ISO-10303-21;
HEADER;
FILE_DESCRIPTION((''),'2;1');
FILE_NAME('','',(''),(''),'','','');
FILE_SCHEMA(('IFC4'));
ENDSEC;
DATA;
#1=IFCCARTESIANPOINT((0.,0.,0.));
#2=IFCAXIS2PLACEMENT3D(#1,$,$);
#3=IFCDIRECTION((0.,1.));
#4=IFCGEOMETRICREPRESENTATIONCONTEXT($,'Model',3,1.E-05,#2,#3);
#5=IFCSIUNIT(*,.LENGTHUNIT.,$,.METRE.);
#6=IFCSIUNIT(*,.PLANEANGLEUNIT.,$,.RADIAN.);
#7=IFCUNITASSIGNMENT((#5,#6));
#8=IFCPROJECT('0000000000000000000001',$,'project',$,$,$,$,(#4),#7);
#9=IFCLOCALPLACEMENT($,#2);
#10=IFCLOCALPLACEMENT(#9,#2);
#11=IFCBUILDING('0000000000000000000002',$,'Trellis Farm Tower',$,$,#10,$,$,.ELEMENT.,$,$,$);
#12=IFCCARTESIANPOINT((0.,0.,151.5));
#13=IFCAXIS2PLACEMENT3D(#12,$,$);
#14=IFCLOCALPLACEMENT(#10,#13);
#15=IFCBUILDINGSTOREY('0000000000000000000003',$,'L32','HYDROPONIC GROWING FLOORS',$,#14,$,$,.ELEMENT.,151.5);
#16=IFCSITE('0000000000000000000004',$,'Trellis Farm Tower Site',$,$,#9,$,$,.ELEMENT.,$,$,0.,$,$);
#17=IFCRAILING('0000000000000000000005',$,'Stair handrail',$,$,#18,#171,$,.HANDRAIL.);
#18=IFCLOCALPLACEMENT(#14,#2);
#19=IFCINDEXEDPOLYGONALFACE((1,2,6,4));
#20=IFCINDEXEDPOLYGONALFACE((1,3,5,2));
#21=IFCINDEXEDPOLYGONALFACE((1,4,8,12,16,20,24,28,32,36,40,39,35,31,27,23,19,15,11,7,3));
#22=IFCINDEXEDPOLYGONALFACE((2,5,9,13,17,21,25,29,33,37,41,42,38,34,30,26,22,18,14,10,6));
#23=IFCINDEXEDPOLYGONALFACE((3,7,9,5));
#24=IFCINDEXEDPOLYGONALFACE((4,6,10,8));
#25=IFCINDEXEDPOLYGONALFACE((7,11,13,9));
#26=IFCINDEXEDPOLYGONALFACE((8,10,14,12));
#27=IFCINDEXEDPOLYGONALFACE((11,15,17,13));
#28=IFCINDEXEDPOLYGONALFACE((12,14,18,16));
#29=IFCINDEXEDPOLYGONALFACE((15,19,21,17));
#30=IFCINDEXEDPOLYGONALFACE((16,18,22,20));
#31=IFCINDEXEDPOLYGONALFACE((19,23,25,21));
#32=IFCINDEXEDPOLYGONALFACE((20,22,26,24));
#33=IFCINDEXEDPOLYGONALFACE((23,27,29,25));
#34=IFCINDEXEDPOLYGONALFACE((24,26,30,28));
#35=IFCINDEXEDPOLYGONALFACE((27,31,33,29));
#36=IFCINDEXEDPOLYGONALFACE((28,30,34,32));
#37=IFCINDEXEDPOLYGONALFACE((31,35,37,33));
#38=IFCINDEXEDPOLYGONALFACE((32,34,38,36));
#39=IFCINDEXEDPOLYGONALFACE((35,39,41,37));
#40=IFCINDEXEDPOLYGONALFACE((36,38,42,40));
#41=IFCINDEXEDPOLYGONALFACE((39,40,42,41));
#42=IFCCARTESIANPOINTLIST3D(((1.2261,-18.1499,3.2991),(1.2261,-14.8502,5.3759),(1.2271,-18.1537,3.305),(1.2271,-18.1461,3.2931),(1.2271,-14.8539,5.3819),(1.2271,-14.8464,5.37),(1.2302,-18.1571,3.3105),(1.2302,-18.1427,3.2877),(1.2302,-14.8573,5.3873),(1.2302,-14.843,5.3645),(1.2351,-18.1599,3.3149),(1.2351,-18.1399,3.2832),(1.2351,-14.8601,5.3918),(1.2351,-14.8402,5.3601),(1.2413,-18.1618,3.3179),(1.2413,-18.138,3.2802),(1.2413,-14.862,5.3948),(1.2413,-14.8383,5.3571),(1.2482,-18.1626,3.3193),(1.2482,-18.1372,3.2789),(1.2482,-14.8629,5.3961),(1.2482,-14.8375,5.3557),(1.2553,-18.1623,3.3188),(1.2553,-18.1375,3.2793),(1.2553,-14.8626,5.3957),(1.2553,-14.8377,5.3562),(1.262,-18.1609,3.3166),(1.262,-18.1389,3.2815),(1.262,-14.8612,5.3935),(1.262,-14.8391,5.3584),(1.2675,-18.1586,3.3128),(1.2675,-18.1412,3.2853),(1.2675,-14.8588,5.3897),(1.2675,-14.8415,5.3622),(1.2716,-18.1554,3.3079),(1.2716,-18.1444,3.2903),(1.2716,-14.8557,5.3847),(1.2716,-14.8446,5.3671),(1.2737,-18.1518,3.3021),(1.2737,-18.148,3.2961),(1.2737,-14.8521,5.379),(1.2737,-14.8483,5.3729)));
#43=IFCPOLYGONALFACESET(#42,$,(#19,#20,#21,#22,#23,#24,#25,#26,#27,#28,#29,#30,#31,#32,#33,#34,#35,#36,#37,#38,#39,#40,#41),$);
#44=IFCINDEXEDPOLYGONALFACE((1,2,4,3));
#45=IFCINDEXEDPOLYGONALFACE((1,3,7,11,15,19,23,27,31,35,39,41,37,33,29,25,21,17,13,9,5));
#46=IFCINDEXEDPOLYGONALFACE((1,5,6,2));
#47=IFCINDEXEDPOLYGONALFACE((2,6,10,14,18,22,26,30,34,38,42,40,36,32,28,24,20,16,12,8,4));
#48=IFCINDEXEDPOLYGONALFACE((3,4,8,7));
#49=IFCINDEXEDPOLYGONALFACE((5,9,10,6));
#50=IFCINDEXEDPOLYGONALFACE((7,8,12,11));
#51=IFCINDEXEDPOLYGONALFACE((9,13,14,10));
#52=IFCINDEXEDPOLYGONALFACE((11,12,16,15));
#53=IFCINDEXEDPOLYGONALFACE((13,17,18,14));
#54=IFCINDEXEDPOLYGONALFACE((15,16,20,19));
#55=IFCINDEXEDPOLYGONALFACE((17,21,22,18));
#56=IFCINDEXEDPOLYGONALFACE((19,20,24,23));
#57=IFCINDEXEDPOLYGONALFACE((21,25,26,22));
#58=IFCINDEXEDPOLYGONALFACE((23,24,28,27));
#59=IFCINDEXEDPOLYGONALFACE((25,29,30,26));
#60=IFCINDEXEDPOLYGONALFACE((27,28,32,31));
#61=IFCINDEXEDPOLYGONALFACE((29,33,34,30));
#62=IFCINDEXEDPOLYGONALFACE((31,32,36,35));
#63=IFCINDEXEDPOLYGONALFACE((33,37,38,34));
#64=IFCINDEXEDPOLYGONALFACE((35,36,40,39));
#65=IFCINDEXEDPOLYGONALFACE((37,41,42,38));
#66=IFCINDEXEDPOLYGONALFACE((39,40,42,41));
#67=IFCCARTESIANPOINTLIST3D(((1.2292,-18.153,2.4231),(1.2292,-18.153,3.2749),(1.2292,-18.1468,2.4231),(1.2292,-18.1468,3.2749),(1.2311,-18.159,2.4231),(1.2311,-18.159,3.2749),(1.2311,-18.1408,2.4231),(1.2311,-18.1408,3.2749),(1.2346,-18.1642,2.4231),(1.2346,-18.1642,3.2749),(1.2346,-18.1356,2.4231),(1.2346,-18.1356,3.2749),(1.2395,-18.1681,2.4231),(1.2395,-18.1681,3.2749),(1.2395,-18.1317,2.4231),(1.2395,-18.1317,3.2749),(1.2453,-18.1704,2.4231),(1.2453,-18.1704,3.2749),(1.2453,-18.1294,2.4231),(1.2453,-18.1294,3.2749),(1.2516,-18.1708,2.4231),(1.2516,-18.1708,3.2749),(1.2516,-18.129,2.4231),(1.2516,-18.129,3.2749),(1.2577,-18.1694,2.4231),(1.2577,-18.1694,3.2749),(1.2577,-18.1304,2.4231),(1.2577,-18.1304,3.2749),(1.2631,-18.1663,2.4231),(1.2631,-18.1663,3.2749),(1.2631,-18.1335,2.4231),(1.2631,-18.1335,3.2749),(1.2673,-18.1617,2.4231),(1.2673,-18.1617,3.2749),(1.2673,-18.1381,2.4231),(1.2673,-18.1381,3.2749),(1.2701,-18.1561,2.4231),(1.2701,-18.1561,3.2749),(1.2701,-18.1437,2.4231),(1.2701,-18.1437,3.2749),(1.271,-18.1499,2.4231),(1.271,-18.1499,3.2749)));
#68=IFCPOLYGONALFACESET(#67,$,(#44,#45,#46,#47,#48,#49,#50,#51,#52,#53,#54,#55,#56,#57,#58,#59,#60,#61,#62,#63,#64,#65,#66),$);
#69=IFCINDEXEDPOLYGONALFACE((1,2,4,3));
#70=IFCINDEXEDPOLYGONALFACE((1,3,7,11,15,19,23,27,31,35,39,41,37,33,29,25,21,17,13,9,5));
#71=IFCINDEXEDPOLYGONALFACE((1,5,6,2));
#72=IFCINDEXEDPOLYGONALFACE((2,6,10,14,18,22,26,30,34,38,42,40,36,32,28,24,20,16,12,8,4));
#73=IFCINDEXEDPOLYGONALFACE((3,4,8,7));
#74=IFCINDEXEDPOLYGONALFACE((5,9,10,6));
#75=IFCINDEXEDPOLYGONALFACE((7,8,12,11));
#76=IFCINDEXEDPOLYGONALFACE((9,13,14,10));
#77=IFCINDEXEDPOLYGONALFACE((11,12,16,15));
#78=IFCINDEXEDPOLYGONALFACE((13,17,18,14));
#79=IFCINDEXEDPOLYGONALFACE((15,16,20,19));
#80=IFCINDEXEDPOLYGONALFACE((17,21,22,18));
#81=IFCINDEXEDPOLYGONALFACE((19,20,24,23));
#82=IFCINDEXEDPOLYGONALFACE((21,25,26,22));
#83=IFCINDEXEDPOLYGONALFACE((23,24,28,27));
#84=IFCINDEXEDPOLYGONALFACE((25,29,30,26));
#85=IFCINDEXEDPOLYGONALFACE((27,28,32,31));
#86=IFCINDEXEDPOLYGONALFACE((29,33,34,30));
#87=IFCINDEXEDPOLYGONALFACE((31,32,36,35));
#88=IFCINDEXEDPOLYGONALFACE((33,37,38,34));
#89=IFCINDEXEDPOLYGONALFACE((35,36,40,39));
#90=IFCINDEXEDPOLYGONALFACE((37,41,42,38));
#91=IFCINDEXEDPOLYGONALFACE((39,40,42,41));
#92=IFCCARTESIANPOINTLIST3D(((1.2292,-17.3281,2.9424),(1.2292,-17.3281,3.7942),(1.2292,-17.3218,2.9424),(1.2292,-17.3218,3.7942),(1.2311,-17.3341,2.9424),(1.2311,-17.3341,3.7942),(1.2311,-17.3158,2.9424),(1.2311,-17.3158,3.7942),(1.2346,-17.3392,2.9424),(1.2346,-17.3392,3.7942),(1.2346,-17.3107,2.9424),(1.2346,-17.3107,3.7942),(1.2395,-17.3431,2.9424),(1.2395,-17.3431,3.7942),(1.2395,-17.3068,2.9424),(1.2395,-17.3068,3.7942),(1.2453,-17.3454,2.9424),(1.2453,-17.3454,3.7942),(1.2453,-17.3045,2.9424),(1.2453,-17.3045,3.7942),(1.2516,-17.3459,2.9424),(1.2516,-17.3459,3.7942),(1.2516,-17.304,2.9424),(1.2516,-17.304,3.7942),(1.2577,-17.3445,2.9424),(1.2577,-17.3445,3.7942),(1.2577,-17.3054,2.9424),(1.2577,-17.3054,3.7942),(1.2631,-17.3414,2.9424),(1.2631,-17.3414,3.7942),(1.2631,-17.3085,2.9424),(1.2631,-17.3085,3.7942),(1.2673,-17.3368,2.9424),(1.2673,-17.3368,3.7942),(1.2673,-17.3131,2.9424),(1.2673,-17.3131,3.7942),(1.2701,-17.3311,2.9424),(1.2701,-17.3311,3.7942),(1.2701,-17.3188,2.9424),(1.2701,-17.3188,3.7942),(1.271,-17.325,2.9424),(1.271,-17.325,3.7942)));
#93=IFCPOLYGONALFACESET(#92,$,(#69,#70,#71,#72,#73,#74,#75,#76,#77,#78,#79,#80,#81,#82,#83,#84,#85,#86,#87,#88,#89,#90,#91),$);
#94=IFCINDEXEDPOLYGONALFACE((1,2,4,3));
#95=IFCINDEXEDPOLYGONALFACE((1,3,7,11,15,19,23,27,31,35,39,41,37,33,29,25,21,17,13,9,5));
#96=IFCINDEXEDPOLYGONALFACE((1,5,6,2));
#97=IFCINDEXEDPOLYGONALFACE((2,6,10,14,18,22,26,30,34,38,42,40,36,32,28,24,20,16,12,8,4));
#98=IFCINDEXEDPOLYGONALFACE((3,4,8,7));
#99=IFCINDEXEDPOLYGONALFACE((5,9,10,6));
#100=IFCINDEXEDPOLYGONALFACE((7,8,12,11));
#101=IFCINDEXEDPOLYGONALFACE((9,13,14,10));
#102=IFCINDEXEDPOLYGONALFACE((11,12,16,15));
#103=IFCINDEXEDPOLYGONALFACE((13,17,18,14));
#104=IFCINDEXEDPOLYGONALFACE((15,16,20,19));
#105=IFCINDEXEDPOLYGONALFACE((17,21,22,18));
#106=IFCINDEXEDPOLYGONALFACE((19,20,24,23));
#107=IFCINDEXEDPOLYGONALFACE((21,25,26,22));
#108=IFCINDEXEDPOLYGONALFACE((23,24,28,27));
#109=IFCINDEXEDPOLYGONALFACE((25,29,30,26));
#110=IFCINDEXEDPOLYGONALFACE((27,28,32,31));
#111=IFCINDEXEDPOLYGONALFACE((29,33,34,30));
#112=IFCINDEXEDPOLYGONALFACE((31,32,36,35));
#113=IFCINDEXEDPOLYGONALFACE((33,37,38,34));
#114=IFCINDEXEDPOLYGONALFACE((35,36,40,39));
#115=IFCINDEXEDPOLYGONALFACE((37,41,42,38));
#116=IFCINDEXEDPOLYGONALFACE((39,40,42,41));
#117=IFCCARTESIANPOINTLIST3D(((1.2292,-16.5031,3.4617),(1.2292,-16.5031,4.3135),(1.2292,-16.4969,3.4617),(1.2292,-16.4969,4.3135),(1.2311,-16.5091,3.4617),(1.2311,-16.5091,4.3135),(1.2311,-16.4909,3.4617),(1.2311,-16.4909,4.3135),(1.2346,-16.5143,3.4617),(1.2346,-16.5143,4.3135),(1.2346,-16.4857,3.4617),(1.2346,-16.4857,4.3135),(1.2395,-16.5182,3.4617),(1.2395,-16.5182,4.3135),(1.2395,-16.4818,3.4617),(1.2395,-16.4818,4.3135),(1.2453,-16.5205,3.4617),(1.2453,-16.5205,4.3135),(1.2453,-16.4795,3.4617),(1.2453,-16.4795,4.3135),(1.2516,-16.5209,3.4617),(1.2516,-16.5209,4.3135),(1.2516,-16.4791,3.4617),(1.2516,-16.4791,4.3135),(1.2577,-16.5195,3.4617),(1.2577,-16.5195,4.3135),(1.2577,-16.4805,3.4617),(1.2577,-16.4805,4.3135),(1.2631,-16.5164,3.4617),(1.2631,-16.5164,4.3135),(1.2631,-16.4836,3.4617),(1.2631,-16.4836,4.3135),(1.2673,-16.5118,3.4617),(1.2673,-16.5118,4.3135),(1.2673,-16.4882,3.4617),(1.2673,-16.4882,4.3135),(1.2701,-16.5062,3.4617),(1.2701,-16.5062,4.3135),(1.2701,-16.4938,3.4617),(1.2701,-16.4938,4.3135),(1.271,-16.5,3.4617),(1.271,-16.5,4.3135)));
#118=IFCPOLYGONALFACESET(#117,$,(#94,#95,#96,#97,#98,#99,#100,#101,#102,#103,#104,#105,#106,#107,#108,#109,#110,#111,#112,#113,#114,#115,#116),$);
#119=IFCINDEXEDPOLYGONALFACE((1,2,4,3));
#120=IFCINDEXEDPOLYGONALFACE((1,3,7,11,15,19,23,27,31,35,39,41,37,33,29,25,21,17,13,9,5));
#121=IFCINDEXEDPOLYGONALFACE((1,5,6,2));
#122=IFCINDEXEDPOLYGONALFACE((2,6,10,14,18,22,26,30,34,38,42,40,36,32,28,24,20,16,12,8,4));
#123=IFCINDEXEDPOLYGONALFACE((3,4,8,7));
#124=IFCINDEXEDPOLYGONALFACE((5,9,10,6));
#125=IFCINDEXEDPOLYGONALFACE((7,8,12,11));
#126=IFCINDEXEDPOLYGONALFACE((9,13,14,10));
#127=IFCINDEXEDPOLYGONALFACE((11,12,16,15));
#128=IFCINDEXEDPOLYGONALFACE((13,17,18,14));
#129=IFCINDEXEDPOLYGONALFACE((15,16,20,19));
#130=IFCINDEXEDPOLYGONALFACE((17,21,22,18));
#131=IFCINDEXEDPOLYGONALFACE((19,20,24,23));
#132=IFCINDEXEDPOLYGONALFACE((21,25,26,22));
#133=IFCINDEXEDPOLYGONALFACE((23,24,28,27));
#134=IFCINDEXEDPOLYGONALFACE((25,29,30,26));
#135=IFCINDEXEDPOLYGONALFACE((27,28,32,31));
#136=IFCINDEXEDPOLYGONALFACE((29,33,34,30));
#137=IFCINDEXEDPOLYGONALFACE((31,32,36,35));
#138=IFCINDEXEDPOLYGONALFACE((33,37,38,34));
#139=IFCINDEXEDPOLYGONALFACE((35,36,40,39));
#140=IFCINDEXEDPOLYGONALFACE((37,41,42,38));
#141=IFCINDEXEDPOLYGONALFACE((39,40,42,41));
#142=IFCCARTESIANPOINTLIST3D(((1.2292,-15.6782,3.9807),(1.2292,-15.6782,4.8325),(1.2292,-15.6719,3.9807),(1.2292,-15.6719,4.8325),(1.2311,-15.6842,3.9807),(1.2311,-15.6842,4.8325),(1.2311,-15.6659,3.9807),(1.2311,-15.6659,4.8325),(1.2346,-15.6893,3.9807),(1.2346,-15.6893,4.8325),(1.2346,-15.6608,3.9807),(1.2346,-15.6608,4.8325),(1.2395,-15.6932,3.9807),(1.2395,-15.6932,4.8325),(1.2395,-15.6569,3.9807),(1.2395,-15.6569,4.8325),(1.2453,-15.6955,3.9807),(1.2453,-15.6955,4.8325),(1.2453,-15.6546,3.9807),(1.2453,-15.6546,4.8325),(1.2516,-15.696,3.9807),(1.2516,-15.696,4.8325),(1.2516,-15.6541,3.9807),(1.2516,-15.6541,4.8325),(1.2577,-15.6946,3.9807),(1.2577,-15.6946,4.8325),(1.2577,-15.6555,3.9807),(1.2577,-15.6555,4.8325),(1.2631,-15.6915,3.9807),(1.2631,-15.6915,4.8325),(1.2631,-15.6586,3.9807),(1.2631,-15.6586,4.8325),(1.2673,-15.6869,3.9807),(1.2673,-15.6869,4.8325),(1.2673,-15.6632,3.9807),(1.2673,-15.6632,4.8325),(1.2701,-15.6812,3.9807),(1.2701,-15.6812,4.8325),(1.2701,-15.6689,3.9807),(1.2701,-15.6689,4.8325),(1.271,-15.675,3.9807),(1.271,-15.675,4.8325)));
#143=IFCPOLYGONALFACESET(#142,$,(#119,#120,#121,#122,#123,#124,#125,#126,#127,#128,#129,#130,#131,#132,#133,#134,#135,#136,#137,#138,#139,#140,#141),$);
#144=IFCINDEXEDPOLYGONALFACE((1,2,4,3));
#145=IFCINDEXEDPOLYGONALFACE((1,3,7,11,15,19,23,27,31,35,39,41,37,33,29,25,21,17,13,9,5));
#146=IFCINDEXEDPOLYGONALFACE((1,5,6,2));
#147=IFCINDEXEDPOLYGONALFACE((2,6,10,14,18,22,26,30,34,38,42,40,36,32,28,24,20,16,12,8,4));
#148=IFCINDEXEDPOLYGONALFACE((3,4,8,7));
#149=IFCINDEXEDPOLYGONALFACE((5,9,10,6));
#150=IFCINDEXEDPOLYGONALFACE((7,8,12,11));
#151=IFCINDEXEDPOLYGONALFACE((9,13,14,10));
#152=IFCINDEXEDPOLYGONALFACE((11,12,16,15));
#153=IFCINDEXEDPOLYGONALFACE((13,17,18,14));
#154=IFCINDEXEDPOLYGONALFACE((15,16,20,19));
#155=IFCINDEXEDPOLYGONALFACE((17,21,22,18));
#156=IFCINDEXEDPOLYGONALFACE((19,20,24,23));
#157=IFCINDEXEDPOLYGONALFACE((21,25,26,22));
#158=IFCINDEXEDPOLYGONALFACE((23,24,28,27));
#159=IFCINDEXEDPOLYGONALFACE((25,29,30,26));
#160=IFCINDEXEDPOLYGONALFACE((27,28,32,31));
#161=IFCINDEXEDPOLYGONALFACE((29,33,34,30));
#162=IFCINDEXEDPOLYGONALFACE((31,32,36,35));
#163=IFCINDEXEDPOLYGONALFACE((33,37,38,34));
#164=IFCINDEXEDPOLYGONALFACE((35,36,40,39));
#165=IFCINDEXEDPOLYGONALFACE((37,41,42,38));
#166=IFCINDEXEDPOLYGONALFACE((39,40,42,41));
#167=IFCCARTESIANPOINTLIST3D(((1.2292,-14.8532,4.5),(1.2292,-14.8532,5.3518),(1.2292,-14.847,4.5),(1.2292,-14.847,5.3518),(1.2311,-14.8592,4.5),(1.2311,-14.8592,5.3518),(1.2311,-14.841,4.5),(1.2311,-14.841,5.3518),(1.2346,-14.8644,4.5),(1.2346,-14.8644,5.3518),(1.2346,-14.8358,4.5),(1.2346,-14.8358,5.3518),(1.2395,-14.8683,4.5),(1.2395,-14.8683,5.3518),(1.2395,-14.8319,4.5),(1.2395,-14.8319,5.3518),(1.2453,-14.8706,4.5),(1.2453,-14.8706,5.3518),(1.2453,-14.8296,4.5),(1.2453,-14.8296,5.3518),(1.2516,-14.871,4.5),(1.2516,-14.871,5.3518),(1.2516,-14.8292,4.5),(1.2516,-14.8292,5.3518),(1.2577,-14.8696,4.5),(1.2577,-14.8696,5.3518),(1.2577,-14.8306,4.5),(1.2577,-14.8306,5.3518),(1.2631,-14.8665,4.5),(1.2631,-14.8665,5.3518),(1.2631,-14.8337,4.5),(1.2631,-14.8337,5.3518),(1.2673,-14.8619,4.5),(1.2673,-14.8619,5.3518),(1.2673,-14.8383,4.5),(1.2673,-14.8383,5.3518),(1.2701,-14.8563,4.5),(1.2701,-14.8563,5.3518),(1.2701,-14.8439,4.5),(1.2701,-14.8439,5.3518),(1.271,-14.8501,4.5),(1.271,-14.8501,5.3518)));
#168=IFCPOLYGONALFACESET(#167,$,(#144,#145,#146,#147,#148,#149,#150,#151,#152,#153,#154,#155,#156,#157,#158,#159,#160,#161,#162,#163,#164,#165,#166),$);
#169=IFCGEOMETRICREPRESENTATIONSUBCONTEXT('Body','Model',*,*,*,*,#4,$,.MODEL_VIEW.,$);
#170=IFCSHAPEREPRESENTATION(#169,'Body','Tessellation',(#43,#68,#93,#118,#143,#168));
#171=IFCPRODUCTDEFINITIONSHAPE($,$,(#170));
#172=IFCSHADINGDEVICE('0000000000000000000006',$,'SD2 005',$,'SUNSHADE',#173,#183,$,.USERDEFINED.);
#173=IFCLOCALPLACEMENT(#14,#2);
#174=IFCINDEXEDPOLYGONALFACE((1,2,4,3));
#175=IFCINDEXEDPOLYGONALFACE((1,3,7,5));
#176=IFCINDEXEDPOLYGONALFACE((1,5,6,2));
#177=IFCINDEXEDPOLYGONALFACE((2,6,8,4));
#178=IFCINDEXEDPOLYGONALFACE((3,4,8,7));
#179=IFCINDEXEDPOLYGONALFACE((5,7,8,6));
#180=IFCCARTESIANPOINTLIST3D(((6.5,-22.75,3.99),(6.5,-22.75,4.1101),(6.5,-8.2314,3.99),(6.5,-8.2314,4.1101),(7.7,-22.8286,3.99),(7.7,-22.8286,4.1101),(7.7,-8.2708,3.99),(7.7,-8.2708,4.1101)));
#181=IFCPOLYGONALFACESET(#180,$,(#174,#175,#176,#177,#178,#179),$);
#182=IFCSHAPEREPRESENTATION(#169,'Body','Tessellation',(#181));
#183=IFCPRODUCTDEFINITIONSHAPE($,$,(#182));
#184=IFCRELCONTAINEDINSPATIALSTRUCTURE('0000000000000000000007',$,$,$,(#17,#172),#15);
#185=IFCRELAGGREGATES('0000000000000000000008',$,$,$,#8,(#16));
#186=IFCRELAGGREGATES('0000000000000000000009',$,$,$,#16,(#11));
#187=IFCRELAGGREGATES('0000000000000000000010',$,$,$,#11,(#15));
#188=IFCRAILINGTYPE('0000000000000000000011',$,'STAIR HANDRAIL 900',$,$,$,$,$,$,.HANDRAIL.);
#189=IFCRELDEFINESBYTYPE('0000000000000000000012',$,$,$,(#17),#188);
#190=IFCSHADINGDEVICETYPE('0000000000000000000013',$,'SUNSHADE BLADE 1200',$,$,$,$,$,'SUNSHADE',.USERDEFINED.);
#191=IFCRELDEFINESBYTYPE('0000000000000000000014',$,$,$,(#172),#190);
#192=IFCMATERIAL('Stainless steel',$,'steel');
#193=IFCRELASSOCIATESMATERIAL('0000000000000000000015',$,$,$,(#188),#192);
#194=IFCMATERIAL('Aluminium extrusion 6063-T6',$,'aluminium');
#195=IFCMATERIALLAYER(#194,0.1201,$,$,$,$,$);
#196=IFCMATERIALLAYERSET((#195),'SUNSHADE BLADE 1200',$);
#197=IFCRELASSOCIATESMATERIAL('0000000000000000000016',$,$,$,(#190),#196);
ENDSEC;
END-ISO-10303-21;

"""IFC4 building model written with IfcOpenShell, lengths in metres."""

from ifc_helpers import new_model, si_unit, direction, frame, origin, origin_2d, place, context, subcontext, project, spatial, polyline, circle, outline, extrude, source, transform, mapped, material, layer, layer_set, type_object, element, save


model = new_model("IFC4")

# Units and contexts
model_context = context("Model", 3, precision=1e-05, world=origin(), true_north=direction((0.0, 1.0)))
body_context = subcontext(model_context, "Body", "Model", "MODEL_VIEW")
ifc_project = project(units=[si_unit("LENGTHUNIT", "METRE"), si_unit("PLANEANGLEUNIT", "RADIAN")], contexts=[model_context])

# Site, building, storey
site_placement = place(None, origin())
site = spatial("IfcSite", under=ifc_project, at=site_placement, Name="Trellis Farm Tower Site", CompositionType="ELEMENT", RefElevation=0.0)
building_placement = place(site_placement, origin())
building = spatial("IfcBuilding", under=site, at=building_placement, Name="Trellis Farm Tower", CompositionType="ELEMENT")
storey_placement = place(building_placement, frame((0.0, 0.0, 151.5)))
storey = spatial("IfcBuildingStorey", under=building, at=storey_placement, Name="L32", Description="HYDROPONIC GROWING FLOORS", CompositionType="ELEMENT", Elevation=151.5)

# Shared definitions
ifc_material_1 = material(Name="Aluminium extrusion 6063-T6", Category="aluminium")

# Railing
ifc_material_2 = material(Name="Stainless steel", Category="steel")
railing_type = type_object("IfcRailingType", Name="STAIR HANDRAIL 900", PredefinedType="HANDRAIL", material=ifc_material_2)
shared_shape_1 = source(origin(), body_context, "Body", "SweptSolid", [
    extrude(circle(Radius=0.0239, at=origin_2d()), frame((0.0, 0.0, 0.876), z_axis=(0.0, 0.84632, 0.532675), x_axis=(-1.0, 0.0, 0.0)), (0.0, 0.0, 1.0), 3.8989),
    extrude(circle(Radius=0.021, at=origin_2d()), origin(), (0.0, 0.0, 1.0), 0.8518),
    extrude(circle(Radius=0.021, at=origin_2d()), frame((0.0, 0.825, 0.5193)), (0.0, 0.0, 1.0), 0.8518),
    extrude(circle(Radius=0.021, at=origin_2d()), frame((0.0, 1.6499, 1.0386)), (0.0, 0.0, 1.0), 0.8518),
    extrude(circle(Radius=0.021, at=origin_2d()), frame((0.0, 2.4749, 1.5576)), (0.0, 0.0, 1.0), 0.8518),
    extrude(circle(Radius=0.021, at=origin_2d()), frame((0.0, 3.2998, 2.0769)), (0.0, 0.0, 1.0), 0.8518),
])
railing_placement = place(storey_placement, frame((1.25, -18.1499, 2.4231)))
element("IfcRailing", 1, at=railing_placement, inside=storey, type_object=railing_type, Name="Stair handrail", PredefinedType="HANDRAIL", context=body_context, shape_type="MappedRepresentation", body=[
    mapped(shared_shape_1, transform((0.0, 0.0, 0.0))),
])

# Shading device
ifc_layer_1 = layer(ifc_material_1, 0.1201)
ifc_layer_set_1 = layer_set([ifc_layer_1], Name="SUNSHADE BLADE 1200")
shading_device_type = type_object("IfcShadingDeviceType", Name="SUNSHADE BLADE 1200", ElementType="SUNSHADE", PredefinedType="USERDEFINED", material=ifc_layer_set_1)
shared_shape_2 = source(origin(), body_context, "Body", "SweptSolid", [
    extrude(outline(polyline([(7.7, -22.8286), (7.7, -8.2708), (6.5, -8.2314), (6.5, -22.75), (7.7, -22.8286)])), origin(), (0.0, 0.0, 1.0), 0.1201),
])
placement_1 = place(storey_placement, frame((0.0, 0.0, 3.99)))
element("IfcShadingDevice", 2, at=placement_1, inside=storey, type_object=shading_device_type, Name="SD2 005", ObjectType="SUNSHADE", PredefinedType="USERDEFINED", context=body_context, shape_type="MappedRepresentation", body=[
    mapped(shared_shape_2, transform((0.0, 0.0, 0.0))),
])

save(model, "model.ifc")
